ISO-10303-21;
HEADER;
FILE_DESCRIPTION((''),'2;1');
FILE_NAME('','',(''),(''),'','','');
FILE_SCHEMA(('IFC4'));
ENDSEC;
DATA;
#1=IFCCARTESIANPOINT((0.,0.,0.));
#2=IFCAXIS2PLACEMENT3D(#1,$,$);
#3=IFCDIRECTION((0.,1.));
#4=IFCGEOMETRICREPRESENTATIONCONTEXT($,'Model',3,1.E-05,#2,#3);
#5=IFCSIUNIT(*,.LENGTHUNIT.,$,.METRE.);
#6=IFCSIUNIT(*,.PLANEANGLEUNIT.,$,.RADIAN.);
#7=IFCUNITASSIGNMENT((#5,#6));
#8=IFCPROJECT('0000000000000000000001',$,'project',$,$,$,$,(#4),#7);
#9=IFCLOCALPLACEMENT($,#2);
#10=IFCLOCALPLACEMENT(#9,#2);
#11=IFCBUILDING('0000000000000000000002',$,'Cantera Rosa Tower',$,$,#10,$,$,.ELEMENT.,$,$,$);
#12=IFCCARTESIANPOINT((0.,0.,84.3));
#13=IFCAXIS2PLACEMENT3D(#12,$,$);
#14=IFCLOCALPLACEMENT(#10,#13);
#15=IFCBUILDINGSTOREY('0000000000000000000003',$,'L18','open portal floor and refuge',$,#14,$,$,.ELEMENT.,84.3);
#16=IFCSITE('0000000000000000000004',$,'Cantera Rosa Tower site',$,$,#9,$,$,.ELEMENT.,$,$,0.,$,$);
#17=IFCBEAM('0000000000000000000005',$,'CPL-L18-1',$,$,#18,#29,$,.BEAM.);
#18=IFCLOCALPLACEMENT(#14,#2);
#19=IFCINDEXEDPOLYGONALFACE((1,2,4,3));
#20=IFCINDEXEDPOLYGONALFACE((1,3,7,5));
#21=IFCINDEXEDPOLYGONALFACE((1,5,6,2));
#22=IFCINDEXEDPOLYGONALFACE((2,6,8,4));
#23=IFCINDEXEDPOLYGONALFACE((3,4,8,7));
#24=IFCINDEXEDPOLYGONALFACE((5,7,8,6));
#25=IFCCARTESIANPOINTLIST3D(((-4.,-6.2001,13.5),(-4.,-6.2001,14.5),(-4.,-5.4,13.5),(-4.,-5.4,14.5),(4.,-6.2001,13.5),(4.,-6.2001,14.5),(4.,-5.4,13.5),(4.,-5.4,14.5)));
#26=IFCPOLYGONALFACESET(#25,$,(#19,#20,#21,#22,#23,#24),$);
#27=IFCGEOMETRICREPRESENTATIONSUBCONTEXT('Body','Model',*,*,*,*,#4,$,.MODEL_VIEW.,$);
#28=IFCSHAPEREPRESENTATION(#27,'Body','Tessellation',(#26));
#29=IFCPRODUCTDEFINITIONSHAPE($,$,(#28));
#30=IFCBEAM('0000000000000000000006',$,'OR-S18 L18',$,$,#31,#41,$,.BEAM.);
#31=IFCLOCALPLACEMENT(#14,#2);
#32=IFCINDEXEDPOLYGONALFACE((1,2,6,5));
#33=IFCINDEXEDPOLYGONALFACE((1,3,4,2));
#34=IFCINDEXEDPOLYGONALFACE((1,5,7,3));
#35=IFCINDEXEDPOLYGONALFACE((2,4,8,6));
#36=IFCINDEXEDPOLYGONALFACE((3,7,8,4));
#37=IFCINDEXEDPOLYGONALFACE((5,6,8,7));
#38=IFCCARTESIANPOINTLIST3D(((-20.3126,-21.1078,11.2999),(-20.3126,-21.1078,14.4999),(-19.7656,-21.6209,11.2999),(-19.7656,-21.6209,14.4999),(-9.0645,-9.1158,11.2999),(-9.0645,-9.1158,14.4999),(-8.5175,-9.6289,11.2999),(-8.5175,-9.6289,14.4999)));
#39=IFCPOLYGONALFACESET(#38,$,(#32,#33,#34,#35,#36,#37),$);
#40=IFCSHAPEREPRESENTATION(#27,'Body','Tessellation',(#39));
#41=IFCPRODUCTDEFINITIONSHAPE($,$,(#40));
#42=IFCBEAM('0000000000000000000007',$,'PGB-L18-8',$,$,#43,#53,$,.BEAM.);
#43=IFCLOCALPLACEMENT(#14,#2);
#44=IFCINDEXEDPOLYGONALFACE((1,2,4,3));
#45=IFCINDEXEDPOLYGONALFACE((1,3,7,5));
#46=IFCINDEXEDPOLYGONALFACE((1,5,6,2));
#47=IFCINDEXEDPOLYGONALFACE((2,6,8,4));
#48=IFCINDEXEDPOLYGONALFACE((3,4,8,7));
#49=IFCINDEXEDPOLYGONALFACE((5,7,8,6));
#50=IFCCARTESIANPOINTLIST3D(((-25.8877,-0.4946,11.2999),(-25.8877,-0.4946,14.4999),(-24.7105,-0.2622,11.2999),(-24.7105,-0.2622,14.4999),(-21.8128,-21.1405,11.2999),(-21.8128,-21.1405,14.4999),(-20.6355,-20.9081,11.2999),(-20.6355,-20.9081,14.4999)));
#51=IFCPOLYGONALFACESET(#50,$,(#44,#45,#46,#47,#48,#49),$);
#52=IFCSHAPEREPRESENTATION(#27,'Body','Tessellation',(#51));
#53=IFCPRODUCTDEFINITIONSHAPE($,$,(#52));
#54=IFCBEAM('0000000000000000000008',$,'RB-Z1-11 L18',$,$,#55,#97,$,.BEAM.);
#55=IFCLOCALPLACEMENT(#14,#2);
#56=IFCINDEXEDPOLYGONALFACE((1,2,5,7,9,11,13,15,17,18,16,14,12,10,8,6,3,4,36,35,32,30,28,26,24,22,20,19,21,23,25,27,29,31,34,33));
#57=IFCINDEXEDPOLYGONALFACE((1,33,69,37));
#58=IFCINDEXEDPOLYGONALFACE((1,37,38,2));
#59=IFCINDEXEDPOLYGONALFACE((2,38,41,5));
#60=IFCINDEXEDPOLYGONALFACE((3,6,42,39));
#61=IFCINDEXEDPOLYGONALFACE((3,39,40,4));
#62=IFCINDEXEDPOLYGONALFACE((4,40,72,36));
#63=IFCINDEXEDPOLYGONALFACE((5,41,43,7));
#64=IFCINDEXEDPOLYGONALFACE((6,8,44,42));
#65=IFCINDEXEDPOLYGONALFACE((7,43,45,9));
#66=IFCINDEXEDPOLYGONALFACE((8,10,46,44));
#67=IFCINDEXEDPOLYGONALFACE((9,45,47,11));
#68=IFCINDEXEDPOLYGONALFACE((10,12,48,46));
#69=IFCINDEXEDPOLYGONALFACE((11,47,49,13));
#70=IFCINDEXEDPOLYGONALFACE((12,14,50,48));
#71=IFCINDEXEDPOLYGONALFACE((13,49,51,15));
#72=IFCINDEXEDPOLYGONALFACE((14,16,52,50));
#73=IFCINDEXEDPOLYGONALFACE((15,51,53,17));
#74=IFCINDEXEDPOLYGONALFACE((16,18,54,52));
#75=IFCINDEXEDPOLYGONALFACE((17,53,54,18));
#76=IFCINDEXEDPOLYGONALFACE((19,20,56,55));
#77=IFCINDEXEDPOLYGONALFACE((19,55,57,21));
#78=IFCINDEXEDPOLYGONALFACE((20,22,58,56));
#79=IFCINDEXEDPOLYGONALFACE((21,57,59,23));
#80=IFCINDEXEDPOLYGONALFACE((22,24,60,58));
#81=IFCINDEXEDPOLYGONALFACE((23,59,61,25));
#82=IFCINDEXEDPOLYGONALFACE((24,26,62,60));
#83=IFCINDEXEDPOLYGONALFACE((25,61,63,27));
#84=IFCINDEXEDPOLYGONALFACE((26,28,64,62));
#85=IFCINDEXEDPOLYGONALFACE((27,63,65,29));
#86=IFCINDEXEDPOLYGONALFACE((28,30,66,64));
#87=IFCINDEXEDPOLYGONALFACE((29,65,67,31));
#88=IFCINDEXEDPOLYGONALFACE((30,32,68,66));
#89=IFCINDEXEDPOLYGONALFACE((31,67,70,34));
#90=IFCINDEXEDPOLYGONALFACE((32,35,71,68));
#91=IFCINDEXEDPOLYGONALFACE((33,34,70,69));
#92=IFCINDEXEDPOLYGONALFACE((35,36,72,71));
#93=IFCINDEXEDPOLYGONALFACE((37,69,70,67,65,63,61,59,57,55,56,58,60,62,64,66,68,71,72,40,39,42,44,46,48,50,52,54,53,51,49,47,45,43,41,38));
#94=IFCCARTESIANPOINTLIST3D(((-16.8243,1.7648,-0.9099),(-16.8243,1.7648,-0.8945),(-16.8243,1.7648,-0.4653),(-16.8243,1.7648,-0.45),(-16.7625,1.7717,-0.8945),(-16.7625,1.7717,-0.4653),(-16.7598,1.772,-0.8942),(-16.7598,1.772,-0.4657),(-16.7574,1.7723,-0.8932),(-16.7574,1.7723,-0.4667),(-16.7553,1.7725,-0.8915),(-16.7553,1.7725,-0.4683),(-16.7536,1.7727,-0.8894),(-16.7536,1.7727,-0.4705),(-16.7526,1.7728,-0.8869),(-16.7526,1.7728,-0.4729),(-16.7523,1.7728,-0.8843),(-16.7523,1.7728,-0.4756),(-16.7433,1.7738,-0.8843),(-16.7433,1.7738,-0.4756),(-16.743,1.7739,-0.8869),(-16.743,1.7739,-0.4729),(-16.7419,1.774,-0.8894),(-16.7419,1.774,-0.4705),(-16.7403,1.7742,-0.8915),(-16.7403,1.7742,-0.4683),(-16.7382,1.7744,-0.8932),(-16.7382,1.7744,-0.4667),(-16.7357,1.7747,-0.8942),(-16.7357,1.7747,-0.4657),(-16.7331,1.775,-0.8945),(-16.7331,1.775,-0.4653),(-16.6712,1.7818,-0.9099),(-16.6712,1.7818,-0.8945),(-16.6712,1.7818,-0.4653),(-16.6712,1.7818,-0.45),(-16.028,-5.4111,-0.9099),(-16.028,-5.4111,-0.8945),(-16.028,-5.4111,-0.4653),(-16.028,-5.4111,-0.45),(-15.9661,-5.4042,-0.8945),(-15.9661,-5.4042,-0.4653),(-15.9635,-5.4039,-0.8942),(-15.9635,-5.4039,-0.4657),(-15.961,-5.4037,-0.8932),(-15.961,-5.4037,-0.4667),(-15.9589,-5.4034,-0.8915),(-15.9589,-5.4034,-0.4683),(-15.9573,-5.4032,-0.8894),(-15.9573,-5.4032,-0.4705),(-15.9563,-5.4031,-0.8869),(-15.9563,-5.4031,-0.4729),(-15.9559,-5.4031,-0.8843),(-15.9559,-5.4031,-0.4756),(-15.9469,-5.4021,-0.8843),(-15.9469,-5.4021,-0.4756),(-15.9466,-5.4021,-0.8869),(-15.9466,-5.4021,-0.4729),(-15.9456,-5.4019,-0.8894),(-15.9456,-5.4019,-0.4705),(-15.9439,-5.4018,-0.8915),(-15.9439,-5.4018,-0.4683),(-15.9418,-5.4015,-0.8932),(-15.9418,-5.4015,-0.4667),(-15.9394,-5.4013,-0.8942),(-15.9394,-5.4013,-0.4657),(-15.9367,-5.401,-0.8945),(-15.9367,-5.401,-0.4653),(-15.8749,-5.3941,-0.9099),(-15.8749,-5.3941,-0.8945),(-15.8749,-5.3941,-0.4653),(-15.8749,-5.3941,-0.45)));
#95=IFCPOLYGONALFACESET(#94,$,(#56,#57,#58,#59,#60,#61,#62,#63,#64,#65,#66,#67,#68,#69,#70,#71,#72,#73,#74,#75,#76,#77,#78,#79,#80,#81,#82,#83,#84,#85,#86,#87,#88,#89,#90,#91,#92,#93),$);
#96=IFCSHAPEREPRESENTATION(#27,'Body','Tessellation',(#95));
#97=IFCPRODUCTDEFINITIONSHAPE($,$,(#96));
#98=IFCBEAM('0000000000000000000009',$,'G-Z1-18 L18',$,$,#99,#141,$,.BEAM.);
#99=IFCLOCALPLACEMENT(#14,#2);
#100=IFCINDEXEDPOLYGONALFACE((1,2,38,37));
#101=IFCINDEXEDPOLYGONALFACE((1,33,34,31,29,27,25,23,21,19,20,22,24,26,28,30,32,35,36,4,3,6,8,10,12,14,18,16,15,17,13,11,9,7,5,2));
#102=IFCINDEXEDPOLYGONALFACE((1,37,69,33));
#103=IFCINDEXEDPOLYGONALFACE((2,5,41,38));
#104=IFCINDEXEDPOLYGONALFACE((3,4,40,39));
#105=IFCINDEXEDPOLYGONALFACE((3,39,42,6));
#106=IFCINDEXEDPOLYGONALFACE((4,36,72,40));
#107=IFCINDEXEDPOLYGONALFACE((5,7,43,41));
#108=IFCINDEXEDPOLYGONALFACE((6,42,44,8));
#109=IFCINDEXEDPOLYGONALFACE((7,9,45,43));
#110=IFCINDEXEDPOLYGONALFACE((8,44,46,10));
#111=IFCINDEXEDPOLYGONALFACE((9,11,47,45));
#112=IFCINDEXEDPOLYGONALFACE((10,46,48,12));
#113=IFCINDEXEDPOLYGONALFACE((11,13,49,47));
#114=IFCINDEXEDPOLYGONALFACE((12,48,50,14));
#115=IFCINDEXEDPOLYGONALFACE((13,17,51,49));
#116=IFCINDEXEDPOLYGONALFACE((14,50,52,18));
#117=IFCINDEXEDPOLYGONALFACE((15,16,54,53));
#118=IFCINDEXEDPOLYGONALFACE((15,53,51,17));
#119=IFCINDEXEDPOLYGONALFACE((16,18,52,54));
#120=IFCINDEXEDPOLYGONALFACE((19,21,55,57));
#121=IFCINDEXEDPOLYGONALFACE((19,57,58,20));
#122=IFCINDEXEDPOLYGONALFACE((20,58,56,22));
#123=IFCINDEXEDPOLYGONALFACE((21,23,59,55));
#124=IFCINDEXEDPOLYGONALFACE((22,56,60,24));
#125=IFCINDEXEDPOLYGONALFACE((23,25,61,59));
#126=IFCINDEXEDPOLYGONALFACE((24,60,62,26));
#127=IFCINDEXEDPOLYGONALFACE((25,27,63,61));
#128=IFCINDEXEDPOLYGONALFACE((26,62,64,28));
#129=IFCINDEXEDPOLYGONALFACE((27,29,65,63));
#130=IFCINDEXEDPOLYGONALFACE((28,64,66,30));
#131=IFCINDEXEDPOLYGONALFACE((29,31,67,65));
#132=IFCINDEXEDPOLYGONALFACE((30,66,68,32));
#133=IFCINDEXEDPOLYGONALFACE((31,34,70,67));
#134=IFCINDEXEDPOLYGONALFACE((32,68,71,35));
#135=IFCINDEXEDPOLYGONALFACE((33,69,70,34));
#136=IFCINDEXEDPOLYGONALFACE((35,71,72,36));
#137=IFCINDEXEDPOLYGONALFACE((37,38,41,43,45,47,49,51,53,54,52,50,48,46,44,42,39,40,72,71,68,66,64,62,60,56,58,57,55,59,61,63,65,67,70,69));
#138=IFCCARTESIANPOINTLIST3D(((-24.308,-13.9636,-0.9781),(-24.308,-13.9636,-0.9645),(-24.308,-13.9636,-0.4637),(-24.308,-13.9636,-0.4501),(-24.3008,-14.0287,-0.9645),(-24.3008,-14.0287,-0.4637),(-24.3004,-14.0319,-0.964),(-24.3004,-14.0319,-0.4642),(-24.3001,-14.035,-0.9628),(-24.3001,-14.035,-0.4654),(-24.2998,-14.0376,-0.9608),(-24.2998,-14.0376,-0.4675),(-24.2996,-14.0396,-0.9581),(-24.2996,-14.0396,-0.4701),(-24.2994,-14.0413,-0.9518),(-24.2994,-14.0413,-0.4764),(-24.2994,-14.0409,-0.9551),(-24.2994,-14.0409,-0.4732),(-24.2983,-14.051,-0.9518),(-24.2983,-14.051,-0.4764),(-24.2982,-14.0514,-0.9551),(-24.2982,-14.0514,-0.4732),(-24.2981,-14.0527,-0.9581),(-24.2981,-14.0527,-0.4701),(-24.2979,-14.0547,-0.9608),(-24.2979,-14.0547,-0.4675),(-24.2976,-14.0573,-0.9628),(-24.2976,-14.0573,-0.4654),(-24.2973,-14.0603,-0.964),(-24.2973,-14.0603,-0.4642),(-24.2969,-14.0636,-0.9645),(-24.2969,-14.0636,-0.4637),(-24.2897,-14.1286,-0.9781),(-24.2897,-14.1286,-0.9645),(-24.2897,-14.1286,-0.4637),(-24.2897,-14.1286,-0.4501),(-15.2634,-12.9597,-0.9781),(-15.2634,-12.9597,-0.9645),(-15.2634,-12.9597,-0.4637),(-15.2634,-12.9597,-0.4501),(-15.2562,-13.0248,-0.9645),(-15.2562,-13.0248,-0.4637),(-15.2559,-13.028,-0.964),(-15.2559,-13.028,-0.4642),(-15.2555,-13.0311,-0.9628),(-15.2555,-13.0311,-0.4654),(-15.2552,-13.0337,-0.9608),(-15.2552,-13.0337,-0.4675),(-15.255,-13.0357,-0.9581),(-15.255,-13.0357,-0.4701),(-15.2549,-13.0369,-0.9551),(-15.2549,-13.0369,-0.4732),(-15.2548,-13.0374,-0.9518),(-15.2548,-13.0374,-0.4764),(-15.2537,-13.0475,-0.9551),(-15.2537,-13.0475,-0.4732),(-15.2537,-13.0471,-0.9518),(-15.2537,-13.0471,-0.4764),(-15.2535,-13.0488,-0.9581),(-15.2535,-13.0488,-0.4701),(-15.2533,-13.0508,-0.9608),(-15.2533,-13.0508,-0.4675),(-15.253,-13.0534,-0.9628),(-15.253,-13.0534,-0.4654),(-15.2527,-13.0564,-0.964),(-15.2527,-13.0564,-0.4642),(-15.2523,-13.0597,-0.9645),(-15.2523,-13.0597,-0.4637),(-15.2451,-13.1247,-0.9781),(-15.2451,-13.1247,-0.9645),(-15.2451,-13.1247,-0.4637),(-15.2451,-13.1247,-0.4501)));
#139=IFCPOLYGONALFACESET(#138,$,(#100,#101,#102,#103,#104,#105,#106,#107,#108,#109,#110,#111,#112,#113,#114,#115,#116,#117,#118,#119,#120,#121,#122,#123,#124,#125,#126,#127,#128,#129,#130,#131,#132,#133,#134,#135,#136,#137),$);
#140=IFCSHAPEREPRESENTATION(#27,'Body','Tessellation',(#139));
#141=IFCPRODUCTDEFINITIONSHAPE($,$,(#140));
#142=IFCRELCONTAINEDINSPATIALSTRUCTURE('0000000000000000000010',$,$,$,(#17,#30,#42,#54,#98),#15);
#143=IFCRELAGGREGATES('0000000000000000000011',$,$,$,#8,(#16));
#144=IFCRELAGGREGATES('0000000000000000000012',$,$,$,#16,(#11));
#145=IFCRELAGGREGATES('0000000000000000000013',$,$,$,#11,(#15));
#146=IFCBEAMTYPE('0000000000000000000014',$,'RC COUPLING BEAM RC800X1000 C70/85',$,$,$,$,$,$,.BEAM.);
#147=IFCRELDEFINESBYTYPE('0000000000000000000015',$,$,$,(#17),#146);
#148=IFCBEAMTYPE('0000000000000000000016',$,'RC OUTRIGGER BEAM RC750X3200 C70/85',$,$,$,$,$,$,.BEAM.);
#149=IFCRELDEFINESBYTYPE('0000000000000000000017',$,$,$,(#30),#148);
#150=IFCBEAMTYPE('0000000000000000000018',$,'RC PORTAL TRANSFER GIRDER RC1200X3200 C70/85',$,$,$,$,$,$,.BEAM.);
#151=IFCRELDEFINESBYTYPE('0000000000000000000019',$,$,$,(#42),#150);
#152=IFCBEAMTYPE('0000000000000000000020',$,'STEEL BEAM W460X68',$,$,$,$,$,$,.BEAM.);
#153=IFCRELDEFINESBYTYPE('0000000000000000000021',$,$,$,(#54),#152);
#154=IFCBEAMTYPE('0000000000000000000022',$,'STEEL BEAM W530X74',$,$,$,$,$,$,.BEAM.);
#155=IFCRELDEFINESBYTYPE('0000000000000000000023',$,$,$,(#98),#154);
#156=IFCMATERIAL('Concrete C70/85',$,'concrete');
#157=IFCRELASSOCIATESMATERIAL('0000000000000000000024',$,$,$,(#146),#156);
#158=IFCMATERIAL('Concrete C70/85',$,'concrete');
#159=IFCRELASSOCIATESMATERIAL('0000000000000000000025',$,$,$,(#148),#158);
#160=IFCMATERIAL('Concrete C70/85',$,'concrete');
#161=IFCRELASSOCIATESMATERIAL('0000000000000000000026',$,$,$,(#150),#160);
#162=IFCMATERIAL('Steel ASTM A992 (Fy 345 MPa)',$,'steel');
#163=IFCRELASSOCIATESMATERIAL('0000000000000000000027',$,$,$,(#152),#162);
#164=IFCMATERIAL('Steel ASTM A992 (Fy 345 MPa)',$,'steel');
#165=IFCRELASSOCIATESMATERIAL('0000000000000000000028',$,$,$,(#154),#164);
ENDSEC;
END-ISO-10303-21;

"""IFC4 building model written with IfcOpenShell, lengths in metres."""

from ifc_helpers import new_model, si_unit, direction, frame, origin, origin_2d, place, context, subcontext, project, spatial, rectangle, i_section, extrude, material, material_profile, profile_set, type_object, element, save


model = new_model("IFC4")

# Units and contexts
model_context = context("Model", 3, precision=1e-05, world=origin(), true_north=direction((0.0, 1.0)))
body_context = subcontext(model_context, "Body", "Model", "MODEL_VIEW")
ifc_project = project(units=[si_unit("LENGTHUNIT", "METRE"), si_unit("PLANEANGLEUNIT", "RADIAN")], contexts=[model_context])

# Site, building, storey
site_placement = place(None, origin())
site = spatial("IfcSite", under=ifc_project, at=site_placement, Name="Cantera Rosa Tower site", CompositionType="ELEMENT", RefElevation=0.0)
building_placement = place(site_placement, origin())
building = spatial("IfcBuilding", under=site, at=building_placement, Name="Cantera Rosa Tower", CompositionType="ELEMENT")
storey_placement = place(building_placement, frame((0.0, 0.0, 84.3)))
storey = spatial("IfcBuildingStorey", under=building, at=storey_placement, Name="L18", Description="open portal floor and refuge", CompositionType="ELEMENT", Elevation=84.3)

# Beams
ifc_material_1 = material(Name="Concrete C70/85", Category="concrete")
ifc_material_profile_1 = material_profile(ifc_material_1, rectangle(XDim=0.8, YDim=1.0, at=origin_2d()), Name="RC COUPLING BEAM RC800X1000 C70/85")
ifc_profile_set_1 = profile_set([ifc_material_profile_1], Name="Concrete C70/85")
beam_type_1 = type_object("IfcBeamType", Name="RC COUPLING BEAM RC800X1000 C70/85", PredefinedType="BEAM", material=ifc_profile_set_1)
beam_1_placement = place(storey_placement, frame((-4.0, -5.8, 14.0), z_axis=(1.0, 0.0, 0.0), x_axis=(0.0, 1.0, 0.0)))
element("IfcBeam", 1, at=beam_1_placement, inside=storey, type_object=beam_type_1, Name="CPL-L18-1", PredefinedType="BEAM", context=body_context, shape_type="SweptSolid", body=[
    extrude(rectangle(XDim=0.8, YDim=1.0, at=origin_2d()), origin(), (0.0, 0.0, 1.0), 8.0),
])
ifc_material_2 = material(Name="Concrete C70/85", Category="concrete")
ifc_material_profile_2 = material_profile(ifc_material_2, rectangle(XDim=0.75, YDim=3.2, at=origin_2d()), Name="RC OUTRIGGER BEAM RC750X3200 C70/85")
ifc_profile_set_2 = profile_set([ifc_material_profile_2], Name="Concrete C70/85")
beam_type_2 = type_object("IfcBeamType", Name="RC OUTRIGGER BEAM RC750X3200 C70/85", PredefinedType="BEAM", material=ifc_profile_set_2)
beam_2_placement = place(storey_placement, frame((-8.791, -9.3723, 12.8999), z_axis=(-0.684122, -0.729367, 0.0), x_axis=(0.729367, -0.684122, 0.0)))
element("IfcBeam", 2, at=beam_2_placement, inside=storey, type_object=beam_type_2, Name="OR-S18 L18", PredefinedType="BEAM", context=body_context, shape_type="SweptSolid", body=[
    extrude(rectangle(XDim=0.75, YDim=3.2, at=origin_2d()), origin(), (0.0, 0.0, 1.0), 16.4417),
])
ifc_material_3 = material(Name="Concrete C70/85", Category="concrete")
ifc_material_profile_3 = material_profile(ifc_material_3, rectangle(XDim=1.2, YDim=3.2, at=origin_2d()), Name="RC PORTAL TRANSFER GIRDER RC1200X3200 C70/85")
ifc_profile_set_3 = profile_set([ifc_material_profile_3], Name="Concrete C70/85")
beam_type_3 = type_object("IfcBeamType", Name="RC PORTAL TRANSFER GIRDER RC1200X3200 C70/85", PredefinedType="BEAM", material=ifc_profile_set_3)
beam_3_placement = place(storey_placement, frame((-25.2991, -0.3784, 12.8999), z_axis=(0.193637, -0.981073, 0.0), x_axis=(0.981073, 0.193637, 0.0)))
element("IfcBeam", 3, at=beam_3_placement, inside=storey, type_object=beam_type_3, Name="PGB-L18-8", PredefinedType="BEAM", context=body_context, shape_type="SweptSolid", body=[
    extrude(rectangle(XDim=1.2, YDim=3.2, at=origin_2d()), origin(), (0.0, 0.0, 1.0), 21.0442),
])
ifc_material_4 = material(Name="Steel ASTM A992 (Fy 345 MPa)", Category="steel")
ifc_material_profile_4 = material_profile(ifc_material_4, i_section(OverallWidth=0.1541, OverallDepth=0.46, WebThickness=0.009, FlangeThickness=0.0154, FilletRadius=0.0103, at=origin_2d()), Name="W460X68")
ifc_profile_set_4 = profile_set([ifc_material_profile_4], Name="Steel ASTM A992 (Fy 345 MPa)")
beam_type_4 = type_object("IfcBeamType", Name="STEEL BEAM W460X68", PredefinedType="BEAM", material=ifc_profile_set_4)
beam_4_placement = place(storey_placement, frame((-15.9514, -5.4026, -0.6799), z_axis=(-0.110302, 0.993898, 0.0), x_axis=(-0.993898, -0.110302, 0.0)))
element("IfcBeam", 4, at=beam_4_placement, inside=storey, type_object=beam_type_4, Name="RB-Z1-11 L18", PredefinedType="BEAM", context=body_context, shape_type="SweptSolid", body=[
    extrude(i_section(OverallWidth=0.1541, OverallDepth=0.46, WebThickness=0.009, FlangeThickness=0.0154, FilletRadius=0.0103, at=origin_2d()), origin(), (0.0, 0.0, 1.0), 7.22),
])
ifc_material_5 = material(Name="Steel ASTM A992 (Fy 345 MPa)", Category="steel")
ifc_material_profile_5 = material_profile(ifc_material_5, i_section(OverallWidth=0.166, OverallDepth=0.5281, WebThickness=0.0098, FlangeThickness=0.0137, FilletRadius=0.0127, at=origin_2d()), Name="W530X74")
ifc_profile_set_5 = profile_set([ifc_material_profile_5], Name="Steel ASTM A992 (Fy 345 MPa)")
beam_type_5 = type_object("IfcBeamType", Name="STEEL BEAM W530X74", PredefinedType="BEAM", material=ifc_profile_set_5)
beam_5_placement = place(storey_placement, frame((-24.2988, -14.0461, -0.7141), z_axis=(0.993896, 0.11032, 0.0), x_axis=(-0.11032, 0.993896, 0.0)))
element("IfcBeam", 5, at=beam_5_placement, inside=storey, type_object=beam_type_5, Name="G-Z1-18 L18", PredefinedType="BEAM", context=body_context, shape_type="SweptSolid", body=[
    extrude(i_section(OverallWidth=0.166, OverallDepth=0.5281, WebThickness=0.0098, FlangeThickness=0.0137, FilletRadius=0.0127, at=origin_2d()), origin(), (0.0, 0.0, 1.0), 9.1001),
])

save(model, "model.ifc")
